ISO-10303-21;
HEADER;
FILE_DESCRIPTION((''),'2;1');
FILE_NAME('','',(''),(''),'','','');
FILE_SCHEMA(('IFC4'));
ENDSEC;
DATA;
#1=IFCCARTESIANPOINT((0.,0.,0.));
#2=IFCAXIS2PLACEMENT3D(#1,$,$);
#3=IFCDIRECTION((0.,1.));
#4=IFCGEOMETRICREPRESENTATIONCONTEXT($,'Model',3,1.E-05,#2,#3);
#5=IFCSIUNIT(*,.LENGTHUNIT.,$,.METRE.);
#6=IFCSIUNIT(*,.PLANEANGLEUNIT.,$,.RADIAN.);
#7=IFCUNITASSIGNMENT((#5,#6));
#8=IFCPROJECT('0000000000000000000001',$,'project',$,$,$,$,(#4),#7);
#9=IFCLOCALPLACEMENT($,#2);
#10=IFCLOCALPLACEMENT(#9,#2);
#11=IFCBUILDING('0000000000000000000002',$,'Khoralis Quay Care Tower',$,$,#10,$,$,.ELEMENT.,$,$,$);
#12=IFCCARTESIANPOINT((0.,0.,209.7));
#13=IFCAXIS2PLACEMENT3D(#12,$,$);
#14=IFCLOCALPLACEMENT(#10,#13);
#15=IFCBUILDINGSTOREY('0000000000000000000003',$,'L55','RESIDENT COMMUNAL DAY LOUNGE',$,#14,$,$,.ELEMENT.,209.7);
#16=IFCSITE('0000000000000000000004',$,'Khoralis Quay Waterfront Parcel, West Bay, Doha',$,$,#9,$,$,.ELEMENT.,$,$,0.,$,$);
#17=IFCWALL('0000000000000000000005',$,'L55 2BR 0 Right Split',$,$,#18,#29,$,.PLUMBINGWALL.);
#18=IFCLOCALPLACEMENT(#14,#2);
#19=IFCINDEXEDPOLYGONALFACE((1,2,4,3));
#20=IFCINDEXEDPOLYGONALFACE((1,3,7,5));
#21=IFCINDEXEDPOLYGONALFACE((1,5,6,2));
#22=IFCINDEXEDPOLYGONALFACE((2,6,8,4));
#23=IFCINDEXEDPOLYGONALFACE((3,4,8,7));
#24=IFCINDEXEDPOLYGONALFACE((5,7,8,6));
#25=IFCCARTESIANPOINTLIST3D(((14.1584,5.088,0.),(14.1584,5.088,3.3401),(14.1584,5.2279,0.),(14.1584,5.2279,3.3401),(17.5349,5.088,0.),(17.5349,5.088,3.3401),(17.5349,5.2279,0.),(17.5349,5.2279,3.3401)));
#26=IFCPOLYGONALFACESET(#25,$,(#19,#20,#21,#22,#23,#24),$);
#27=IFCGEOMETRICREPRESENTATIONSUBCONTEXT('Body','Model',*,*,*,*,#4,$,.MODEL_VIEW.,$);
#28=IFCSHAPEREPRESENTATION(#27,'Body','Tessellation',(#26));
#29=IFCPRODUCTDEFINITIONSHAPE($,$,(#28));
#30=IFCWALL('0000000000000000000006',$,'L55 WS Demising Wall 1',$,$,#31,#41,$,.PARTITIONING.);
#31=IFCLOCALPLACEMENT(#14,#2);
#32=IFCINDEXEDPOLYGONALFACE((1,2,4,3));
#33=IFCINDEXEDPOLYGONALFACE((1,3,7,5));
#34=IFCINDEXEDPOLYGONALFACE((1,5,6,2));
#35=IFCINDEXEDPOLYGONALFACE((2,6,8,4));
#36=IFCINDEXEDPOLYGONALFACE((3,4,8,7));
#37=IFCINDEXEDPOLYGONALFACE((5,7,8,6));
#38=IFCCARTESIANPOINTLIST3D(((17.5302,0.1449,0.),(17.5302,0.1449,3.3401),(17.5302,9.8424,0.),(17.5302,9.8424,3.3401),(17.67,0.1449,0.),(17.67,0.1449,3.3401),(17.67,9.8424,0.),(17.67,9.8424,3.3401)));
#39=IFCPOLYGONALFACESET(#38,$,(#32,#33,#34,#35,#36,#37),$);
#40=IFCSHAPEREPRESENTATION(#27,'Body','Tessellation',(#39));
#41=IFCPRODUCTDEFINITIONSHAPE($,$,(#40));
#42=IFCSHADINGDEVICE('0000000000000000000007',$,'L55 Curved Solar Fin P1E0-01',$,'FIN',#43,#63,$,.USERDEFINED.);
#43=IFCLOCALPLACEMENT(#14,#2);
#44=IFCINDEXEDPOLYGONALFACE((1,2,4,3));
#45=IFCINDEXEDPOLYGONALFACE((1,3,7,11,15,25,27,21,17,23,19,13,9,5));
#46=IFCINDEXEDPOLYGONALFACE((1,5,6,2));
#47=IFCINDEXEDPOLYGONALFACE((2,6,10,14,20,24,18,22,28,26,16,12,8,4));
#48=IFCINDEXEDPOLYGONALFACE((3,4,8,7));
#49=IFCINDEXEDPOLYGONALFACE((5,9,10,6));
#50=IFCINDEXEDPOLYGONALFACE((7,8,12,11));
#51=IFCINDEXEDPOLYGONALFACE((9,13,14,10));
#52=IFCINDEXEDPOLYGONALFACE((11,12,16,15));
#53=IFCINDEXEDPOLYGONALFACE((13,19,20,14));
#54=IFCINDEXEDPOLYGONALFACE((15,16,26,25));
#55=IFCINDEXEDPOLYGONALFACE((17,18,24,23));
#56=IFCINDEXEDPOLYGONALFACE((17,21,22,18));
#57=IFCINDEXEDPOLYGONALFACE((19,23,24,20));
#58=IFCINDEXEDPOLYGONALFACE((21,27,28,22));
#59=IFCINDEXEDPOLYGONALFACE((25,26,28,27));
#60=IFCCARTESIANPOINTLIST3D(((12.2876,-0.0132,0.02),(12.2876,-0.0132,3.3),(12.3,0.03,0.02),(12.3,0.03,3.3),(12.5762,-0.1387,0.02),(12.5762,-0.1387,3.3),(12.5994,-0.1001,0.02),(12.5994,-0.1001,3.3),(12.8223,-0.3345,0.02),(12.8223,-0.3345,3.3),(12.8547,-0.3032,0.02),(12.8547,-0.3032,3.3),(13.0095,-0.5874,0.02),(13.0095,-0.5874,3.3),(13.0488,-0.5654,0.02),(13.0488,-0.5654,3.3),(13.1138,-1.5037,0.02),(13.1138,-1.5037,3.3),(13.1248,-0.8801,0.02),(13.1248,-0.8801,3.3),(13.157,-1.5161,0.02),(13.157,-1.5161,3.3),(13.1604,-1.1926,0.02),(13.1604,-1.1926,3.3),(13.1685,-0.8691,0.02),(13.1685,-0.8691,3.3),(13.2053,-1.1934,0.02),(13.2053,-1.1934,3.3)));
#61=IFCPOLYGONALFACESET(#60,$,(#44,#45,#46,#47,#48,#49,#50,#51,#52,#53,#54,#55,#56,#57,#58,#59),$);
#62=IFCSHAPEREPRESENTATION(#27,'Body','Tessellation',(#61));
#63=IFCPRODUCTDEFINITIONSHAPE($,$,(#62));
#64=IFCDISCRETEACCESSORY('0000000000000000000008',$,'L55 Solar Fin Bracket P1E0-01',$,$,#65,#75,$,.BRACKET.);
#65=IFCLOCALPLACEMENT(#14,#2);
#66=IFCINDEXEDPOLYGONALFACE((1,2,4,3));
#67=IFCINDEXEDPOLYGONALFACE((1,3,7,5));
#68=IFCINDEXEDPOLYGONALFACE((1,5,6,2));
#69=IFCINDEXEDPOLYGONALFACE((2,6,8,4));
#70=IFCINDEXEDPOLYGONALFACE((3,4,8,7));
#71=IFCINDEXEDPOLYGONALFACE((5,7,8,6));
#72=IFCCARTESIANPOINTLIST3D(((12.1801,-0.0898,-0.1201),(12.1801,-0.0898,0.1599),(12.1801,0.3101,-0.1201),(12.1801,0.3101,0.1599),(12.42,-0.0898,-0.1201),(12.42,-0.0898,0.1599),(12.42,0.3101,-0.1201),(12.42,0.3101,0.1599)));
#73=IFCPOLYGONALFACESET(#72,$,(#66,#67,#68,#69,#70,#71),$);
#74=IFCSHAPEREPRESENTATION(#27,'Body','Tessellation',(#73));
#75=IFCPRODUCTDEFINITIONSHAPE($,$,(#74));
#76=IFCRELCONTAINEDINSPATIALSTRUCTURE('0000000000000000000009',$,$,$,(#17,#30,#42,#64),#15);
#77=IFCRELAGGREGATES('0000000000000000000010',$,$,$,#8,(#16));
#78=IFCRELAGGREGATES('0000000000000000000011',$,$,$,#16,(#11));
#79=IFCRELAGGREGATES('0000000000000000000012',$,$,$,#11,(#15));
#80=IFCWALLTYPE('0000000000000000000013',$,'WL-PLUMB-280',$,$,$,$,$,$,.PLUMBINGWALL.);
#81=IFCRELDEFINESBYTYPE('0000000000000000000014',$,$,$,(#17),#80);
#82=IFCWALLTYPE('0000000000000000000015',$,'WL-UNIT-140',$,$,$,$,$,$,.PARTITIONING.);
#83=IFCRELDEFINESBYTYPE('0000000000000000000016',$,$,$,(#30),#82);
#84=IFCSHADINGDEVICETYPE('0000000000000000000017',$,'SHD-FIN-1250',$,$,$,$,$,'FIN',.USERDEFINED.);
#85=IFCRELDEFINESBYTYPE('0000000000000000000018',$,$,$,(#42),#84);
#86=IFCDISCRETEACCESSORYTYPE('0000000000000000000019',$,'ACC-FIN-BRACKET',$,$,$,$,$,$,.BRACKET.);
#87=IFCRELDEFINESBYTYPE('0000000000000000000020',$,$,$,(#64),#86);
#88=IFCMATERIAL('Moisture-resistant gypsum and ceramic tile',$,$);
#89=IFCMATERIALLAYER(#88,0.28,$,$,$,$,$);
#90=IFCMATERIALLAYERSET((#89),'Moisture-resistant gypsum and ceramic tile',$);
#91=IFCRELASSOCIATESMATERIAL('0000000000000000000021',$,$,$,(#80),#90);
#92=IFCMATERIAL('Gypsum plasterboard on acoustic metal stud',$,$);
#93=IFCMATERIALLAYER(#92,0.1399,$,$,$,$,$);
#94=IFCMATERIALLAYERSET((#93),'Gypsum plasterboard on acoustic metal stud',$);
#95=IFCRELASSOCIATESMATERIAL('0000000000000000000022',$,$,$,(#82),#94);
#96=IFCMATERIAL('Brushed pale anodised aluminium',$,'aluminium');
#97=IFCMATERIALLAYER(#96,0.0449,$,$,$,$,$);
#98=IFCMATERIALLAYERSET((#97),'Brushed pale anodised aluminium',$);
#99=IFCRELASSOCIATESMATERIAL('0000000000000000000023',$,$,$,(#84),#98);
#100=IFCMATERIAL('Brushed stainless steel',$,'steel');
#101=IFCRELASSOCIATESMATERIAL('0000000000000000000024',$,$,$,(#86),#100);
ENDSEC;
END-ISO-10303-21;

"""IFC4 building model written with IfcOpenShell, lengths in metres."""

from ifc_helpers import new_model, si_unit, direction, frame, frame_2d, origin, origin_2d, place, context, subcontext, project, spatial, polyline, rectangle, outline, extrude, source, transform, mapped, material, layer, layer_set, type_object, element, save


model = new_model("IFC4")

# Units and contexts
model_context = context("Model", 3, precision=1e-05, world=origin(), true_north=direction((0.0, 1.0)))
body_context = subcontext(model_context, "Body", "Model", "MODEL_VIEW")
ifc_project = project(units=[si_unit("LENGTHUNIT", "METRE"), si_unit("PLANEANGLEUNIT", "RADIAN")], contexts=[model_context])

# Site, building, storey
site_placement = place(None, origin())
site = spatial("IfcSite", under=ifc_project, at=site_placement, Name="Khoralis Quay Waterfront Parcel, West Bay, Doha", CompositionType="ELEMENT", RefElevation=0.0)
building_placement = place(site_placement, origin())
building = spatial("IfcBuilding", under=site, at=building_placement, Name="Khoralis Quay Care Tower", CompositionType="ELEMENT")
storey_placement = place(building_placement, frame((0.0, 0.0, 209.7)))
storey = spatial("IfcBuildingStorey", under=building, at=storey_placement, Name="L55", Description="RESIDENT COMMUNAL DAY LOUNGE", CompositionType="ELEMENT", Elevation=209.7)

# Shared definitions
ifc_material_1 = material(Name="Gypsum plasterboard on acoustic metal stud")

# Walls
ifc_material_2 = material(Name="Moisture-resistant gypsum and ceramic tile")
ifc_layer_1 = layer(ifc_material_2, 0.28)
ifc_layer_set_1 = layer_set([ifc_layer_1], Name="Moisture-resistant gypsum and ceramic tile")
wall_type_1 = type_object("IfcWallType", Name="WL-PLUMB-280", PredefinedType="PLUMBINGWALL", material=ifc_layer_set_1)
wall_1_placement = place(storey_placement, frame((14.1584, 5.158, 0.0), z_axis=(0.0, 0.0, 1.0), x_axis=(1.0, 0.0, 0.0)))
element("IfcWall", 1, at=wall_1_placement, inside=storey, type_object=wall_type_1, Name="L55 2BR 0 Right Split", PredefinedType="PLUMBINGWALL", context=body_context, shape_type="SweptSolid", body=[
    extrude(rectangle(XDim=3.3765, YDim=0.1399, at=frame_2d((1.6882, 0.0))), origin(), (0.0, 0.0, 1.0), 3.3401),
])
ifc_layer_2 = layer(ifc_material_1, 0.1399)
ifc_layer_set_2 = layer_set([ifc_layer_2], Name="Gypsum plasterboard on acoustic metal stud")
wall_type_2 = type_object("IfcWallType", Name="WL-UNIT-140", PredefinedType="PARTITIONING", material=ifc_layer_set_2)
wall_2_placement = place(storey_placement, frame((17.6001, 0.145, 0.0), z_axis=(0.0, 0.0, 1.0), x_axis=(0.0, 1.0, 0.0)))
element("IfcWall", 2, at=wall_2_placement, inside=storey, type_object=wall_type_2, Name="L55 WS Demising Wall 1", PredefinedType="PARTITIONING", context=body_context, shape_type="SweptSolid", body=[
    extrude(rectangle(XDim=9.6975, YDim=0.1399, at=frame_2d((4.8486, 0.0))), origin(), (0.0, 0.0, 1.0), 3.3401),
])

# Shading device
ifc_material_3 = material(Name="Brushed pale anodised aluminium", Category="aluminium")
ifc_layer_3 = layer(ifc_material_3, 0.0449)
ifc_layer_set_3 = layer_set([ifc_layer_3], Name="Brushed pale anodised aluminium")
shading_device_type = type_object("IfcShadingDeviceType", Name="SHD-FIN-1250", ElementType="FIN", PredefinedType="USERDEFINED", material=ifc_layer_set_3)
shared_shape_1 = source(origin(), body_context, "Body", "SweptSolid", [
    extrude(outline(polyline([(0.0, 0.0), (0.1301, 0.2993), (0.3333, 0.5547), (0.5955, 0.7488), (0.8992, 0.8684), (1.2234, 0.9053), (1.5461, 0.8569), (1.5337, 0.8137), (1.2227, 0.8604), (0.9102, 0.8247), (0.6174, 0.7095), (0.3645, 0.5222), (0.1687, 0.2761), (0.0432, -0.0125), (0.0, 0.0)])), origin(), (0.0, 0.0, 1.0), 3.28),
])
shading_device_placement = place(storey_placement, frame((12.3, 0.03, 0.02), z_axis=(0.0, 0.0, 1.0), x_axis=(0.0, -1.0, 0.0)))
element("IfcShadingDevice", 3, at=shading_device_placement, inside=storey, type_object=shading_device_type, Name="L55 Curved Solar Fin P1E0-01", ObjectType="FIN", PredefinedType="USERDEFINED", context=body_context, shape_type="MappedRepresentation", body=[
    mapped(shared_shape_1, transform((0.0, 0.0, 0.0), scale=1.0)),
])

# Discrete accessory
ifc_material_4 = material(Name="Brushed stainless steel", Category="steel")
discrete_accessory_type = type_object("IfcDiscreteAccessoryType", Name="ACC-FIN-BRACKET", PredefinedType="BRACKET", material=ifc_material_4)
shared_shape_2 = source(origin(), body_context, "Body", "SweptSolid", [
    extrude(rectangle(XDim=0.3999, YDim=0.24, at=origin_2d()), origin(), (0.0, 0.0, 1.0), 0.28),
])
discrete_accessory_placement = place(storey_placement, frame((12.3, 0.1101, -0.1201), z_axis=(0.0, 0.0, 1.0), x_axis=(0.0, -1.0, 0.0)))
element("IfcDiscreteAccessory", 4, at=discrete_accessory_placement, inside=storey, type_object=discrete_accessory_type, Name="L55 Solar Fin Bracket P1E0-01", PredefinedType="BRACKET", context=body_context, shape_type="MappedRepresentation", body=[
    mapped(shared_shape_2, transform((0.0, 0.0, 0.0), scale=1.0)),
])

save(model, "model.ifc")
